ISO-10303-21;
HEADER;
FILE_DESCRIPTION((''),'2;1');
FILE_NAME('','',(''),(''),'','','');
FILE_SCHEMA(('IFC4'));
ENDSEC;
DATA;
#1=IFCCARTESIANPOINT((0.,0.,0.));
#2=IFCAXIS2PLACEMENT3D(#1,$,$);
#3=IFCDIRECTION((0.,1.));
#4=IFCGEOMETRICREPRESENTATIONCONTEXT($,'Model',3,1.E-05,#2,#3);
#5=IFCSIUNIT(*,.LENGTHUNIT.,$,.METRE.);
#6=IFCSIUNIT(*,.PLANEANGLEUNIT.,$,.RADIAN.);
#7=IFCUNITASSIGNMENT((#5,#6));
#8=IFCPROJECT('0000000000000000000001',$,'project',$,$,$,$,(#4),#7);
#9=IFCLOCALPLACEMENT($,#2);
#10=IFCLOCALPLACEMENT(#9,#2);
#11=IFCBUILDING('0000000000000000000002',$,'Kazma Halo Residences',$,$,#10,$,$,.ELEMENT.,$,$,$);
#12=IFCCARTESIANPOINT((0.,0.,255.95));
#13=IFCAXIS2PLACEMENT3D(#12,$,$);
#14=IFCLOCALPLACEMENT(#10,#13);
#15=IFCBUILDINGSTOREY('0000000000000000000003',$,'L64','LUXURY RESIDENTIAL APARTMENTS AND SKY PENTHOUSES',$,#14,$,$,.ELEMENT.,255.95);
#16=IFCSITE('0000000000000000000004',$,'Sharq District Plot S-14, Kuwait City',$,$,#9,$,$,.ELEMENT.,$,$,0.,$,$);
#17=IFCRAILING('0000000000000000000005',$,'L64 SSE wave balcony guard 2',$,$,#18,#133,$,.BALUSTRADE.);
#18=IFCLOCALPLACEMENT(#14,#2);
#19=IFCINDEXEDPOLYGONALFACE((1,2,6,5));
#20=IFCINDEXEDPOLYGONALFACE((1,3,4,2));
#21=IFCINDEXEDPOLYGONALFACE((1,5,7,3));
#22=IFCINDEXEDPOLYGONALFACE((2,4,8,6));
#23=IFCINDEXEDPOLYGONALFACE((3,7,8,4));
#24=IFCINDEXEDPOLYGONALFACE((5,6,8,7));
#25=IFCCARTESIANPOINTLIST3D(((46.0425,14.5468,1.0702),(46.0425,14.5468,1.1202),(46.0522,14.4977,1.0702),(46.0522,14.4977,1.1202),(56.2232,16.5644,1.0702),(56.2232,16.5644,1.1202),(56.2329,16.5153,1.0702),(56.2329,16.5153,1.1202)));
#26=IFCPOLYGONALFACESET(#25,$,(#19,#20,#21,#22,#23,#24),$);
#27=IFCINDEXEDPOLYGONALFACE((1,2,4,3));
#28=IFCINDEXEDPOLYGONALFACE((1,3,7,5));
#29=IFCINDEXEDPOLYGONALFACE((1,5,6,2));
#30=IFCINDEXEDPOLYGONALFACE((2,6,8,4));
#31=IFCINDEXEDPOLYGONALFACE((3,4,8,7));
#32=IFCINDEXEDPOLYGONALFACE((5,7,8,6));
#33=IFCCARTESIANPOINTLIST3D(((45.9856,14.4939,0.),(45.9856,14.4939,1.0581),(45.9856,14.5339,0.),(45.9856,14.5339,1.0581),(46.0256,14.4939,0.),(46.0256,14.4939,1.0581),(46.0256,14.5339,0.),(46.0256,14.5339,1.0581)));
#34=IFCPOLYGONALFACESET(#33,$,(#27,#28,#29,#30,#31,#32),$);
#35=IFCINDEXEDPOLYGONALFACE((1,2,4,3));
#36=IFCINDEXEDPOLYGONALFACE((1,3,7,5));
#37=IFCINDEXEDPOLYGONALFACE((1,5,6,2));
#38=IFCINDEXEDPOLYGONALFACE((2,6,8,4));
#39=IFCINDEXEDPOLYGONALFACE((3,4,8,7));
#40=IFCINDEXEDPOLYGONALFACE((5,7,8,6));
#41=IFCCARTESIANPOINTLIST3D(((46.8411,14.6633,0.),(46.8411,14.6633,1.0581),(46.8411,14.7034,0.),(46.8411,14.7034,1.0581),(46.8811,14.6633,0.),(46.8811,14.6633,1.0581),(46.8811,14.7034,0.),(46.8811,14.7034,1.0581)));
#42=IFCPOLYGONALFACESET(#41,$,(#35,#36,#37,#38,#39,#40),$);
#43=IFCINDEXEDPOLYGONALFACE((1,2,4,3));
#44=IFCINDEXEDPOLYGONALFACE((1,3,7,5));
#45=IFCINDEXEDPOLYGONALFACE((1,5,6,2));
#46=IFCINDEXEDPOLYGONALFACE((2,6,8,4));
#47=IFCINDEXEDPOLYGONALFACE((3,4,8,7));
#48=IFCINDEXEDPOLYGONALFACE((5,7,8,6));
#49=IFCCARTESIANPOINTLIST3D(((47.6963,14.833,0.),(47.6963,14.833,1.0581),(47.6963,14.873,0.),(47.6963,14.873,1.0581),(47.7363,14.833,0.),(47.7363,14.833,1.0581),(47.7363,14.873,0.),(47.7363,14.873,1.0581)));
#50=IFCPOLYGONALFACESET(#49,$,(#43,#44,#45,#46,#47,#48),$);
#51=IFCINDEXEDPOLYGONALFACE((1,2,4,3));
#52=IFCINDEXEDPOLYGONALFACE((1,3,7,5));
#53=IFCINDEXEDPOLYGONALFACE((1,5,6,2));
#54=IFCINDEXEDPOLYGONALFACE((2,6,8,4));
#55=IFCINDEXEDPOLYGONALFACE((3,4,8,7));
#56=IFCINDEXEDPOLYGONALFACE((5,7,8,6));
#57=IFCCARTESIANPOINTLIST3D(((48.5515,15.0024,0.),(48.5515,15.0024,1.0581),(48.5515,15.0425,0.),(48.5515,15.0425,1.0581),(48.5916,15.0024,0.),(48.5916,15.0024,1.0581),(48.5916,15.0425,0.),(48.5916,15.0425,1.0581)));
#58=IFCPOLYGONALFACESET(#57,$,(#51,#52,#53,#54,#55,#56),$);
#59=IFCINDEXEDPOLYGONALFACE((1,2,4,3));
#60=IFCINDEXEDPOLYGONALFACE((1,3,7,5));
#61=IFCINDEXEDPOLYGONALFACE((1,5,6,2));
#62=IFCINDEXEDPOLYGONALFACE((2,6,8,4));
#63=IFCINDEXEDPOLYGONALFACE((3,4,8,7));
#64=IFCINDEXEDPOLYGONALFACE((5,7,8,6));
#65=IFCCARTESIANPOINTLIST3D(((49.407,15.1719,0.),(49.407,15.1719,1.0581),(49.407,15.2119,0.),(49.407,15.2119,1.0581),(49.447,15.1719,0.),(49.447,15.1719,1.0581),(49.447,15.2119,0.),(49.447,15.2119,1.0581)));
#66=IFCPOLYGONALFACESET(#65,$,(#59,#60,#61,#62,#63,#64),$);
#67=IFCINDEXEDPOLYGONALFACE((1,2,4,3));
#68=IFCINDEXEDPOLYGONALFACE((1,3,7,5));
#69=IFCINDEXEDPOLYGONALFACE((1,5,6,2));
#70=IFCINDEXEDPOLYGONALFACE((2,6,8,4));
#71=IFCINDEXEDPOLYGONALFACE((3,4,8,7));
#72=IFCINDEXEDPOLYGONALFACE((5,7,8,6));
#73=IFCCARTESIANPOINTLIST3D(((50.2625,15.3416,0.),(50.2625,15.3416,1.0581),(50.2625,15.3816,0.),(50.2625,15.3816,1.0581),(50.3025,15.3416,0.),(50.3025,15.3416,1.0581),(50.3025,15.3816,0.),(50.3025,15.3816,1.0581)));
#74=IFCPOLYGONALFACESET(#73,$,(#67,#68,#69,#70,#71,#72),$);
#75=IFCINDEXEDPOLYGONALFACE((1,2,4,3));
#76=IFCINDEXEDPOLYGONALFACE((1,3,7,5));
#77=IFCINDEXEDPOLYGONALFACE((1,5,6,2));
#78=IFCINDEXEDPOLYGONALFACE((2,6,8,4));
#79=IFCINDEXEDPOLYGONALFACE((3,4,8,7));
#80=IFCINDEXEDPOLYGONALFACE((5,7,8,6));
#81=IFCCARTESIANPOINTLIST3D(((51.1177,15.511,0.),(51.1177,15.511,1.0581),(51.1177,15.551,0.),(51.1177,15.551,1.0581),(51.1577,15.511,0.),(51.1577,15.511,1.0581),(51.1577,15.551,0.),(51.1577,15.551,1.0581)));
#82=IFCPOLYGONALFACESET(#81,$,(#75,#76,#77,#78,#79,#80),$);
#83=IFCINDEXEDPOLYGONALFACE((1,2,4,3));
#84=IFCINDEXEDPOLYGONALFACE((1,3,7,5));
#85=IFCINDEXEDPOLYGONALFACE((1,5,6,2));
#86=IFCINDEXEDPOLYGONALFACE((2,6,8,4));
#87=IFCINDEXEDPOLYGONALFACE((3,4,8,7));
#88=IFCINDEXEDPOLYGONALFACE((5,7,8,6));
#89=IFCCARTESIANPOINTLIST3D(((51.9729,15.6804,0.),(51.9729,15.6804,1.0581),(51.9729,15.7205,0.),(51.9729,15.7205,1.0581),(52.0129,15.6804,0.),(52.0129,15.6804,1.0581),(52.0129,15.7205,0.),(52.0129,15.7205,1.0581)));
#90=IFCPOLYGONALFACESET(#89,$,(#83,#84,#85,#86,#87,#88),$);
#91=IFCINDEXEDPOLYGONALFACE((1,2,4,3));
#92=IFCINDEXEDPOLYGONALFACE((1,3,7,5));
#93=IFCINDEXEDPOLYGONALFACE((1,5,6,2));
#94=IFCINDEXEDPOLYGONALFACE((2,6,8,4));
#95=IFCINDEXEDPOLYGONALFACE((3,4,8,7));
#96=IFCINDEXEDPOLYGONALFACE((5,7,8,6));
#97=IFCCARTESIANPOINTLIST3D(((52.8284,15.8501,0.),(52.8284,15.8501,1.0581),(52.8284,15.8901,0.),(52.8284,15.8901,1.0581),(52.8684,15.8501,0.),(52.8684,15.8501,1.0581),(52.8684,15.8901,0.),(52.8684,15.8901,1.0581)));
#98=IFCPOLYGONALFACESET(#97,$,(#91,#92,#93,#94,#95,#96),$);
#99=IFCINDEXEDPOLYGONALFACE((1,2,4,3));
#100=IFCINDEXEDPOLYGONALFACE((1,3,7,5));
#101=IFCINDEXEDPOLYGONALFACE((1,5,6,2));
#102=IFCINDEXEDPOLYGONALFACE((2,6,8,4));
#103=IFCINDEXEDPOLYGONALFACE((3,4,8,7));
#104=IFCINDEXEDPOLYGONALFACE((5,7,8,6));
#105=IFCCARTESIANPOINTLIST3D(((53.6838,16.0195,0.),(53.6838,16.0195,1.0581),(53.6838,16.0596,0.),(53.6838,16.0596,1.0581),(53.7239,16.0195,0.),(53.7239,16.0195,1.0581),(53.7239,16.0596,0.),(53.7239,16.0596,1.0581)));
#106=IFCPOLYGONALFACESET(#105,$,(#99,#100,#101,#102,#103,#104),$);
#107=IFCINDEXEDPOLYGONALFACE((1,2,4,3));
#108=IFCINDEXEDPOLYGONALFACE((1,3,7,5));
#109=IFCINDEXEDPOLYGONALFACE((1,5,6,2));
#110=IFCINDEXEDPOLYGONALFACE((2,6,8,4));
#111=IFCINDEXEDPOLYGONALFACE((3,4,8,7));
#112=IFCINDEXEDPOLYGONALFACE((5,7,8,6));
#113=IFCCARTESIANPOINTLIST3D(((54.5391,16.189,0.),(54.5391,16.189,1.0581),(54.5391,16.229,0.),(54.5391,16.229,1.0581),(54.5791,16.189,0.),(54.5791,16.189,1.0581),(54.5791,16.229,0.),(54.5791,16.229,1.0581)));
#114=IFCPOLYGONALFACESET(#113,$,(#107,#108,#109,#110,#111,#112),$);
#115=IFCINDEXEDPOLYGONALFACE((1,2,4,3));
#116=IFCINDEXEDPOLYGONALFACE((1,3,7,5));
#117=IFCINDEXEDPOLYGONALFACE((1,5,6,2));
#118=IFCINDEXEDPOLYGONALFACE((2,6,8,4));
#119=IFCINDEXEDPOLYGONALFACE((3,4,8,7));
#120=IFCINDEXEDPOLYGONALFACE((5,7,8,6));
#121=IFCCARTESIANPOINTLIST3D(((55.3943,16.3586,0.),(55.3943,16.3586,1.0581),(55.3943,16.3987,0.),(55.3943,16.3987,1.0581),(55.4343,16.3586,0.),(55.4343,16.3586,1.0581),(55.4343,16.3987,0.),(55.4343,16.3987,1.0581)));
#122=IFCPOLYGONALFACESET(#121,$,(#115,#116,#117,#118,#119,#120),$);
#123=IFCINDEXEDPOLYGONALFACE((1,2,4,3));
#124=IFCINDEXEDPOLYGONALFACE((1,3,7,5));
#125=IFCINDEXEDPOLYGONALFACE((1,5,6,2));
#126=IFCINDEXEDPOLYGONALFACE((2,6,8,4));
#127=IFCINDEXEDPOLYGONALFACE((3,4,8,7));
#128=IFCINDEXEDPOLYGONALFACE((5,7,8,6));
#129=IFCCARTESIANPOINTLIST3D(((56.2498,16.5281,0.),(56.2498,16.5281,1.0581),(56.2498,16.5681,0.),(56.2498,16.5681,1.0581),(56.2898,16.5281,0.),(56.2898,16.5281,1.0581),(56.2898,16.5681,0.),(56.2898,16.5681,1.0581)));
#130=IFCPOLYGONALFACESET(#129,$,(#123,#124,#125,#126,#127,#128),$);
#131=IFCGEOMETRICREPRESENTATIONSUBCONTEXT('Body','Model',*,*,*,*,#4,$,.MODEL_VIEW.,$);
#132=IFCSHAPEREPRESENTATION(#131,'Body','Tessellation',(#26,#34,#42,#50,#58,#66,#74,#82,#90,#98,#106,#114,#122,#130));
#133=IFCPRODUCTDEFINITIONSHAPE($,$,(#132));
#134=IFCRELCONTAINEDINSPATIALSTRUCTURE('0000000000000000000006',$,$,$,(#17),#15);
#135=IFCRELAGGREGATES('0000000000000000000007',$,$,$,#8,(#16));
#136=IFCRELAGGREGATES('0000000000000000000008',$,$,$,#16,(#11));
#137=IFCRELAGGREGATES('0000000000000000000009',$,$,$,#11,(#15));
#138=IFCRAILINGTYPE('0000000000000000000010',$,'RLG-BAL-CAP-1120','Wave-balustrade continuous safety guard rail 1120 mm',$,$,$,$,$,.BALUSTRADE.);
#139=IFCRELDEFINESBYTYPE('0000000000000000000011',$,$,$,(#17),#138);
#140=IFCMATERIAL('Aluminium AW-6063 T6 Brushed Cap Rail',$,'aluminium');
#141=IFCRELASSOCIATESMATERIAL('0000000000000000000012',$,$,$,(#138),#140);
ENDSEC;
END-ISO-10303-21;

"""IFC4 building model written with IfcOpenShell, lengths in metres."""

from ifc_helpers import new_model, si_unit, direction, frame, origin, origin_2d, place, context, subcontext, project, spatial, rectangle, extrude, material, type_object, element, save


model = new_model("IFC4")

# Units and contexts
model_context = context("Model", 3, precision=1e-05, world=origin(), true_north=direction((0.0, 1.0)))
body_context = subcontext(model_context, "Body", "Model", "MODEL_VIEW")
ifc_project = project(units=[si_unit("LENGTHUNIT", "METRE"), si_unit("PLANEANGLEUNIT", "RADIAN")], contexts=[model_context])

# Site, building, storey
site_placement = place(None, origin())
site = spatial("IfcSite", under=ifc_project, at=site_placement, Name="Sharq District Plot S-14, Kuwait City", CompositionType="ELEMENT", RefElevation=0.0)
building_placement = place(site_placement, origin())
building = spatial("IfcBuilding", under=site, at=building_placement, Name="Kazma Halo Residences", CompositionType="ELEMENT")
storey_placement = place(building_placement, frame((0.0, 0.0, 255.95)))
storey = spatial("IfcBuildingStorey", under=building, at=storey_placement, Name="L64", Description="LUXURY RESIDENTIAL APARTMENTS AND SKY PENTHOUSES", CompositionType="ELEMENT", Elevation=255.95)

# Railing
ifc_material_1 = material(Name="Aluminium AW-6063 T6 Brushed Cap Rail", Category="aluminium")
railing_type = type_object("IfcRailingType", Name="RLG-BAL-CAP-1120", Description="Wave-balustrade continuous safety guard rail 1120 mm", PredefinedType="BALUSTRADE", material=ifc_material_1)
railing_1_placement = place(storey_placement, frame((46.0056, 14.5139, 0.0)))
element("IfcRailing", 1, at=railing_1_placement, inside=storey, type_object=railing_type, Name="L64 SSE wave balcony guard 2", PredefinedType="BALUSTRADE", context=body_context, shape_type="SweptSolid", body=[
    extrude(rectangle(XDim=0.05, YDim=0.05, at=origin_2d()), frame((0.0417, 0.0083, 1.0952), z_axis=(0.980922, 0.194402, 0.0), x_axis=(-0.194402, 0.980922, 0.0)), (0.0, 0.0, 1.0), 10.3787),
    extrude(rectangle(XDim=0.04, YDim=0.04, at=origin_2d()), origin(), (0.0, 0.0, 1.0), 1.0581),
    extrude(rectangle(XDim=0.04, YDim=0.04, at=origin_2d()), frame((0.8555, 0.1694, 0.0)), (0.0, 0.0, 1.0), 1.0581),
    extrude(rectangle(XDim=0.04, YDim=0.04, at=origin_2d()), frame((1.7107, 0.3391, 0.0)), (0.0, 0.0, 1.0), 1.0581),
    extrude(rectangle(XDim=0.04, YDim=0.04, at=origin_2d()), frame((2.5659, 0.5085, 0.0)), (0.0, 0.0, 1.0), 1.0581),
    extrude(rectangle(XDim=0.04, YDim=0.04, at=origin_2d()), frame((3.4214, 0.678, 0.0)), (0.0, 0.0, 1.0), 1.0581),
    extrude(rectangle(XDim=0.04, YDim=0.04, at=origin_2d()), frame((4.2769, 0.8477, 0.0)), (0.0, 0.0, 1.0), 1.0581),
    extrude(rectangle(XDim=0.04, YDim=0.04, at=origin_2d()), frame((5.1321, 1.0171, 0.0)), (0.0, 0.0, 1.0), 1.0581),
    extrude(rectangle(XDim=0.04, YDim=0.04, at=origin_2d()), frame((5.9873, 1.1865, 0.0)), (0.0, 0.0, 1.0), 1.0581),
    extrude(rectangle(XDim=0.04, YDim=0.04, at=origin_2d()), frame((6.8428, 1.3562, 0.0)), (0.0, 0.0, 1.0), 1.0581),
    extrude(rectangle(XDim=0.04, YDim=0.04, at=origin_2d()), frame((7.6982, 1.5256, 0.0)), (0.0, 0.0, 1.0), 1.0581),
    extrude(rectangle(XDim=0.04, YDim=0.04, at=origin_2d()), frame((8.5535, 1.6951, 0.0)), (0.0, 0.0, 1.0), 1.0581),
    extrude(rectangle(XDim=0.04, YDim=0.04, at=origin_2d()), frame((9.4087, 1.8647, 0.0)), (0.0, 0.0, 1.0), 1.0581),
    extrude(rectangle(XDim=0.04, YDim=0.04, at=origin_2d()), frame((10.2642, 2.0342, 0.0)), (0.0, 0.0, 1.0), 1.0581),
])

save(model, "model.ifc")
